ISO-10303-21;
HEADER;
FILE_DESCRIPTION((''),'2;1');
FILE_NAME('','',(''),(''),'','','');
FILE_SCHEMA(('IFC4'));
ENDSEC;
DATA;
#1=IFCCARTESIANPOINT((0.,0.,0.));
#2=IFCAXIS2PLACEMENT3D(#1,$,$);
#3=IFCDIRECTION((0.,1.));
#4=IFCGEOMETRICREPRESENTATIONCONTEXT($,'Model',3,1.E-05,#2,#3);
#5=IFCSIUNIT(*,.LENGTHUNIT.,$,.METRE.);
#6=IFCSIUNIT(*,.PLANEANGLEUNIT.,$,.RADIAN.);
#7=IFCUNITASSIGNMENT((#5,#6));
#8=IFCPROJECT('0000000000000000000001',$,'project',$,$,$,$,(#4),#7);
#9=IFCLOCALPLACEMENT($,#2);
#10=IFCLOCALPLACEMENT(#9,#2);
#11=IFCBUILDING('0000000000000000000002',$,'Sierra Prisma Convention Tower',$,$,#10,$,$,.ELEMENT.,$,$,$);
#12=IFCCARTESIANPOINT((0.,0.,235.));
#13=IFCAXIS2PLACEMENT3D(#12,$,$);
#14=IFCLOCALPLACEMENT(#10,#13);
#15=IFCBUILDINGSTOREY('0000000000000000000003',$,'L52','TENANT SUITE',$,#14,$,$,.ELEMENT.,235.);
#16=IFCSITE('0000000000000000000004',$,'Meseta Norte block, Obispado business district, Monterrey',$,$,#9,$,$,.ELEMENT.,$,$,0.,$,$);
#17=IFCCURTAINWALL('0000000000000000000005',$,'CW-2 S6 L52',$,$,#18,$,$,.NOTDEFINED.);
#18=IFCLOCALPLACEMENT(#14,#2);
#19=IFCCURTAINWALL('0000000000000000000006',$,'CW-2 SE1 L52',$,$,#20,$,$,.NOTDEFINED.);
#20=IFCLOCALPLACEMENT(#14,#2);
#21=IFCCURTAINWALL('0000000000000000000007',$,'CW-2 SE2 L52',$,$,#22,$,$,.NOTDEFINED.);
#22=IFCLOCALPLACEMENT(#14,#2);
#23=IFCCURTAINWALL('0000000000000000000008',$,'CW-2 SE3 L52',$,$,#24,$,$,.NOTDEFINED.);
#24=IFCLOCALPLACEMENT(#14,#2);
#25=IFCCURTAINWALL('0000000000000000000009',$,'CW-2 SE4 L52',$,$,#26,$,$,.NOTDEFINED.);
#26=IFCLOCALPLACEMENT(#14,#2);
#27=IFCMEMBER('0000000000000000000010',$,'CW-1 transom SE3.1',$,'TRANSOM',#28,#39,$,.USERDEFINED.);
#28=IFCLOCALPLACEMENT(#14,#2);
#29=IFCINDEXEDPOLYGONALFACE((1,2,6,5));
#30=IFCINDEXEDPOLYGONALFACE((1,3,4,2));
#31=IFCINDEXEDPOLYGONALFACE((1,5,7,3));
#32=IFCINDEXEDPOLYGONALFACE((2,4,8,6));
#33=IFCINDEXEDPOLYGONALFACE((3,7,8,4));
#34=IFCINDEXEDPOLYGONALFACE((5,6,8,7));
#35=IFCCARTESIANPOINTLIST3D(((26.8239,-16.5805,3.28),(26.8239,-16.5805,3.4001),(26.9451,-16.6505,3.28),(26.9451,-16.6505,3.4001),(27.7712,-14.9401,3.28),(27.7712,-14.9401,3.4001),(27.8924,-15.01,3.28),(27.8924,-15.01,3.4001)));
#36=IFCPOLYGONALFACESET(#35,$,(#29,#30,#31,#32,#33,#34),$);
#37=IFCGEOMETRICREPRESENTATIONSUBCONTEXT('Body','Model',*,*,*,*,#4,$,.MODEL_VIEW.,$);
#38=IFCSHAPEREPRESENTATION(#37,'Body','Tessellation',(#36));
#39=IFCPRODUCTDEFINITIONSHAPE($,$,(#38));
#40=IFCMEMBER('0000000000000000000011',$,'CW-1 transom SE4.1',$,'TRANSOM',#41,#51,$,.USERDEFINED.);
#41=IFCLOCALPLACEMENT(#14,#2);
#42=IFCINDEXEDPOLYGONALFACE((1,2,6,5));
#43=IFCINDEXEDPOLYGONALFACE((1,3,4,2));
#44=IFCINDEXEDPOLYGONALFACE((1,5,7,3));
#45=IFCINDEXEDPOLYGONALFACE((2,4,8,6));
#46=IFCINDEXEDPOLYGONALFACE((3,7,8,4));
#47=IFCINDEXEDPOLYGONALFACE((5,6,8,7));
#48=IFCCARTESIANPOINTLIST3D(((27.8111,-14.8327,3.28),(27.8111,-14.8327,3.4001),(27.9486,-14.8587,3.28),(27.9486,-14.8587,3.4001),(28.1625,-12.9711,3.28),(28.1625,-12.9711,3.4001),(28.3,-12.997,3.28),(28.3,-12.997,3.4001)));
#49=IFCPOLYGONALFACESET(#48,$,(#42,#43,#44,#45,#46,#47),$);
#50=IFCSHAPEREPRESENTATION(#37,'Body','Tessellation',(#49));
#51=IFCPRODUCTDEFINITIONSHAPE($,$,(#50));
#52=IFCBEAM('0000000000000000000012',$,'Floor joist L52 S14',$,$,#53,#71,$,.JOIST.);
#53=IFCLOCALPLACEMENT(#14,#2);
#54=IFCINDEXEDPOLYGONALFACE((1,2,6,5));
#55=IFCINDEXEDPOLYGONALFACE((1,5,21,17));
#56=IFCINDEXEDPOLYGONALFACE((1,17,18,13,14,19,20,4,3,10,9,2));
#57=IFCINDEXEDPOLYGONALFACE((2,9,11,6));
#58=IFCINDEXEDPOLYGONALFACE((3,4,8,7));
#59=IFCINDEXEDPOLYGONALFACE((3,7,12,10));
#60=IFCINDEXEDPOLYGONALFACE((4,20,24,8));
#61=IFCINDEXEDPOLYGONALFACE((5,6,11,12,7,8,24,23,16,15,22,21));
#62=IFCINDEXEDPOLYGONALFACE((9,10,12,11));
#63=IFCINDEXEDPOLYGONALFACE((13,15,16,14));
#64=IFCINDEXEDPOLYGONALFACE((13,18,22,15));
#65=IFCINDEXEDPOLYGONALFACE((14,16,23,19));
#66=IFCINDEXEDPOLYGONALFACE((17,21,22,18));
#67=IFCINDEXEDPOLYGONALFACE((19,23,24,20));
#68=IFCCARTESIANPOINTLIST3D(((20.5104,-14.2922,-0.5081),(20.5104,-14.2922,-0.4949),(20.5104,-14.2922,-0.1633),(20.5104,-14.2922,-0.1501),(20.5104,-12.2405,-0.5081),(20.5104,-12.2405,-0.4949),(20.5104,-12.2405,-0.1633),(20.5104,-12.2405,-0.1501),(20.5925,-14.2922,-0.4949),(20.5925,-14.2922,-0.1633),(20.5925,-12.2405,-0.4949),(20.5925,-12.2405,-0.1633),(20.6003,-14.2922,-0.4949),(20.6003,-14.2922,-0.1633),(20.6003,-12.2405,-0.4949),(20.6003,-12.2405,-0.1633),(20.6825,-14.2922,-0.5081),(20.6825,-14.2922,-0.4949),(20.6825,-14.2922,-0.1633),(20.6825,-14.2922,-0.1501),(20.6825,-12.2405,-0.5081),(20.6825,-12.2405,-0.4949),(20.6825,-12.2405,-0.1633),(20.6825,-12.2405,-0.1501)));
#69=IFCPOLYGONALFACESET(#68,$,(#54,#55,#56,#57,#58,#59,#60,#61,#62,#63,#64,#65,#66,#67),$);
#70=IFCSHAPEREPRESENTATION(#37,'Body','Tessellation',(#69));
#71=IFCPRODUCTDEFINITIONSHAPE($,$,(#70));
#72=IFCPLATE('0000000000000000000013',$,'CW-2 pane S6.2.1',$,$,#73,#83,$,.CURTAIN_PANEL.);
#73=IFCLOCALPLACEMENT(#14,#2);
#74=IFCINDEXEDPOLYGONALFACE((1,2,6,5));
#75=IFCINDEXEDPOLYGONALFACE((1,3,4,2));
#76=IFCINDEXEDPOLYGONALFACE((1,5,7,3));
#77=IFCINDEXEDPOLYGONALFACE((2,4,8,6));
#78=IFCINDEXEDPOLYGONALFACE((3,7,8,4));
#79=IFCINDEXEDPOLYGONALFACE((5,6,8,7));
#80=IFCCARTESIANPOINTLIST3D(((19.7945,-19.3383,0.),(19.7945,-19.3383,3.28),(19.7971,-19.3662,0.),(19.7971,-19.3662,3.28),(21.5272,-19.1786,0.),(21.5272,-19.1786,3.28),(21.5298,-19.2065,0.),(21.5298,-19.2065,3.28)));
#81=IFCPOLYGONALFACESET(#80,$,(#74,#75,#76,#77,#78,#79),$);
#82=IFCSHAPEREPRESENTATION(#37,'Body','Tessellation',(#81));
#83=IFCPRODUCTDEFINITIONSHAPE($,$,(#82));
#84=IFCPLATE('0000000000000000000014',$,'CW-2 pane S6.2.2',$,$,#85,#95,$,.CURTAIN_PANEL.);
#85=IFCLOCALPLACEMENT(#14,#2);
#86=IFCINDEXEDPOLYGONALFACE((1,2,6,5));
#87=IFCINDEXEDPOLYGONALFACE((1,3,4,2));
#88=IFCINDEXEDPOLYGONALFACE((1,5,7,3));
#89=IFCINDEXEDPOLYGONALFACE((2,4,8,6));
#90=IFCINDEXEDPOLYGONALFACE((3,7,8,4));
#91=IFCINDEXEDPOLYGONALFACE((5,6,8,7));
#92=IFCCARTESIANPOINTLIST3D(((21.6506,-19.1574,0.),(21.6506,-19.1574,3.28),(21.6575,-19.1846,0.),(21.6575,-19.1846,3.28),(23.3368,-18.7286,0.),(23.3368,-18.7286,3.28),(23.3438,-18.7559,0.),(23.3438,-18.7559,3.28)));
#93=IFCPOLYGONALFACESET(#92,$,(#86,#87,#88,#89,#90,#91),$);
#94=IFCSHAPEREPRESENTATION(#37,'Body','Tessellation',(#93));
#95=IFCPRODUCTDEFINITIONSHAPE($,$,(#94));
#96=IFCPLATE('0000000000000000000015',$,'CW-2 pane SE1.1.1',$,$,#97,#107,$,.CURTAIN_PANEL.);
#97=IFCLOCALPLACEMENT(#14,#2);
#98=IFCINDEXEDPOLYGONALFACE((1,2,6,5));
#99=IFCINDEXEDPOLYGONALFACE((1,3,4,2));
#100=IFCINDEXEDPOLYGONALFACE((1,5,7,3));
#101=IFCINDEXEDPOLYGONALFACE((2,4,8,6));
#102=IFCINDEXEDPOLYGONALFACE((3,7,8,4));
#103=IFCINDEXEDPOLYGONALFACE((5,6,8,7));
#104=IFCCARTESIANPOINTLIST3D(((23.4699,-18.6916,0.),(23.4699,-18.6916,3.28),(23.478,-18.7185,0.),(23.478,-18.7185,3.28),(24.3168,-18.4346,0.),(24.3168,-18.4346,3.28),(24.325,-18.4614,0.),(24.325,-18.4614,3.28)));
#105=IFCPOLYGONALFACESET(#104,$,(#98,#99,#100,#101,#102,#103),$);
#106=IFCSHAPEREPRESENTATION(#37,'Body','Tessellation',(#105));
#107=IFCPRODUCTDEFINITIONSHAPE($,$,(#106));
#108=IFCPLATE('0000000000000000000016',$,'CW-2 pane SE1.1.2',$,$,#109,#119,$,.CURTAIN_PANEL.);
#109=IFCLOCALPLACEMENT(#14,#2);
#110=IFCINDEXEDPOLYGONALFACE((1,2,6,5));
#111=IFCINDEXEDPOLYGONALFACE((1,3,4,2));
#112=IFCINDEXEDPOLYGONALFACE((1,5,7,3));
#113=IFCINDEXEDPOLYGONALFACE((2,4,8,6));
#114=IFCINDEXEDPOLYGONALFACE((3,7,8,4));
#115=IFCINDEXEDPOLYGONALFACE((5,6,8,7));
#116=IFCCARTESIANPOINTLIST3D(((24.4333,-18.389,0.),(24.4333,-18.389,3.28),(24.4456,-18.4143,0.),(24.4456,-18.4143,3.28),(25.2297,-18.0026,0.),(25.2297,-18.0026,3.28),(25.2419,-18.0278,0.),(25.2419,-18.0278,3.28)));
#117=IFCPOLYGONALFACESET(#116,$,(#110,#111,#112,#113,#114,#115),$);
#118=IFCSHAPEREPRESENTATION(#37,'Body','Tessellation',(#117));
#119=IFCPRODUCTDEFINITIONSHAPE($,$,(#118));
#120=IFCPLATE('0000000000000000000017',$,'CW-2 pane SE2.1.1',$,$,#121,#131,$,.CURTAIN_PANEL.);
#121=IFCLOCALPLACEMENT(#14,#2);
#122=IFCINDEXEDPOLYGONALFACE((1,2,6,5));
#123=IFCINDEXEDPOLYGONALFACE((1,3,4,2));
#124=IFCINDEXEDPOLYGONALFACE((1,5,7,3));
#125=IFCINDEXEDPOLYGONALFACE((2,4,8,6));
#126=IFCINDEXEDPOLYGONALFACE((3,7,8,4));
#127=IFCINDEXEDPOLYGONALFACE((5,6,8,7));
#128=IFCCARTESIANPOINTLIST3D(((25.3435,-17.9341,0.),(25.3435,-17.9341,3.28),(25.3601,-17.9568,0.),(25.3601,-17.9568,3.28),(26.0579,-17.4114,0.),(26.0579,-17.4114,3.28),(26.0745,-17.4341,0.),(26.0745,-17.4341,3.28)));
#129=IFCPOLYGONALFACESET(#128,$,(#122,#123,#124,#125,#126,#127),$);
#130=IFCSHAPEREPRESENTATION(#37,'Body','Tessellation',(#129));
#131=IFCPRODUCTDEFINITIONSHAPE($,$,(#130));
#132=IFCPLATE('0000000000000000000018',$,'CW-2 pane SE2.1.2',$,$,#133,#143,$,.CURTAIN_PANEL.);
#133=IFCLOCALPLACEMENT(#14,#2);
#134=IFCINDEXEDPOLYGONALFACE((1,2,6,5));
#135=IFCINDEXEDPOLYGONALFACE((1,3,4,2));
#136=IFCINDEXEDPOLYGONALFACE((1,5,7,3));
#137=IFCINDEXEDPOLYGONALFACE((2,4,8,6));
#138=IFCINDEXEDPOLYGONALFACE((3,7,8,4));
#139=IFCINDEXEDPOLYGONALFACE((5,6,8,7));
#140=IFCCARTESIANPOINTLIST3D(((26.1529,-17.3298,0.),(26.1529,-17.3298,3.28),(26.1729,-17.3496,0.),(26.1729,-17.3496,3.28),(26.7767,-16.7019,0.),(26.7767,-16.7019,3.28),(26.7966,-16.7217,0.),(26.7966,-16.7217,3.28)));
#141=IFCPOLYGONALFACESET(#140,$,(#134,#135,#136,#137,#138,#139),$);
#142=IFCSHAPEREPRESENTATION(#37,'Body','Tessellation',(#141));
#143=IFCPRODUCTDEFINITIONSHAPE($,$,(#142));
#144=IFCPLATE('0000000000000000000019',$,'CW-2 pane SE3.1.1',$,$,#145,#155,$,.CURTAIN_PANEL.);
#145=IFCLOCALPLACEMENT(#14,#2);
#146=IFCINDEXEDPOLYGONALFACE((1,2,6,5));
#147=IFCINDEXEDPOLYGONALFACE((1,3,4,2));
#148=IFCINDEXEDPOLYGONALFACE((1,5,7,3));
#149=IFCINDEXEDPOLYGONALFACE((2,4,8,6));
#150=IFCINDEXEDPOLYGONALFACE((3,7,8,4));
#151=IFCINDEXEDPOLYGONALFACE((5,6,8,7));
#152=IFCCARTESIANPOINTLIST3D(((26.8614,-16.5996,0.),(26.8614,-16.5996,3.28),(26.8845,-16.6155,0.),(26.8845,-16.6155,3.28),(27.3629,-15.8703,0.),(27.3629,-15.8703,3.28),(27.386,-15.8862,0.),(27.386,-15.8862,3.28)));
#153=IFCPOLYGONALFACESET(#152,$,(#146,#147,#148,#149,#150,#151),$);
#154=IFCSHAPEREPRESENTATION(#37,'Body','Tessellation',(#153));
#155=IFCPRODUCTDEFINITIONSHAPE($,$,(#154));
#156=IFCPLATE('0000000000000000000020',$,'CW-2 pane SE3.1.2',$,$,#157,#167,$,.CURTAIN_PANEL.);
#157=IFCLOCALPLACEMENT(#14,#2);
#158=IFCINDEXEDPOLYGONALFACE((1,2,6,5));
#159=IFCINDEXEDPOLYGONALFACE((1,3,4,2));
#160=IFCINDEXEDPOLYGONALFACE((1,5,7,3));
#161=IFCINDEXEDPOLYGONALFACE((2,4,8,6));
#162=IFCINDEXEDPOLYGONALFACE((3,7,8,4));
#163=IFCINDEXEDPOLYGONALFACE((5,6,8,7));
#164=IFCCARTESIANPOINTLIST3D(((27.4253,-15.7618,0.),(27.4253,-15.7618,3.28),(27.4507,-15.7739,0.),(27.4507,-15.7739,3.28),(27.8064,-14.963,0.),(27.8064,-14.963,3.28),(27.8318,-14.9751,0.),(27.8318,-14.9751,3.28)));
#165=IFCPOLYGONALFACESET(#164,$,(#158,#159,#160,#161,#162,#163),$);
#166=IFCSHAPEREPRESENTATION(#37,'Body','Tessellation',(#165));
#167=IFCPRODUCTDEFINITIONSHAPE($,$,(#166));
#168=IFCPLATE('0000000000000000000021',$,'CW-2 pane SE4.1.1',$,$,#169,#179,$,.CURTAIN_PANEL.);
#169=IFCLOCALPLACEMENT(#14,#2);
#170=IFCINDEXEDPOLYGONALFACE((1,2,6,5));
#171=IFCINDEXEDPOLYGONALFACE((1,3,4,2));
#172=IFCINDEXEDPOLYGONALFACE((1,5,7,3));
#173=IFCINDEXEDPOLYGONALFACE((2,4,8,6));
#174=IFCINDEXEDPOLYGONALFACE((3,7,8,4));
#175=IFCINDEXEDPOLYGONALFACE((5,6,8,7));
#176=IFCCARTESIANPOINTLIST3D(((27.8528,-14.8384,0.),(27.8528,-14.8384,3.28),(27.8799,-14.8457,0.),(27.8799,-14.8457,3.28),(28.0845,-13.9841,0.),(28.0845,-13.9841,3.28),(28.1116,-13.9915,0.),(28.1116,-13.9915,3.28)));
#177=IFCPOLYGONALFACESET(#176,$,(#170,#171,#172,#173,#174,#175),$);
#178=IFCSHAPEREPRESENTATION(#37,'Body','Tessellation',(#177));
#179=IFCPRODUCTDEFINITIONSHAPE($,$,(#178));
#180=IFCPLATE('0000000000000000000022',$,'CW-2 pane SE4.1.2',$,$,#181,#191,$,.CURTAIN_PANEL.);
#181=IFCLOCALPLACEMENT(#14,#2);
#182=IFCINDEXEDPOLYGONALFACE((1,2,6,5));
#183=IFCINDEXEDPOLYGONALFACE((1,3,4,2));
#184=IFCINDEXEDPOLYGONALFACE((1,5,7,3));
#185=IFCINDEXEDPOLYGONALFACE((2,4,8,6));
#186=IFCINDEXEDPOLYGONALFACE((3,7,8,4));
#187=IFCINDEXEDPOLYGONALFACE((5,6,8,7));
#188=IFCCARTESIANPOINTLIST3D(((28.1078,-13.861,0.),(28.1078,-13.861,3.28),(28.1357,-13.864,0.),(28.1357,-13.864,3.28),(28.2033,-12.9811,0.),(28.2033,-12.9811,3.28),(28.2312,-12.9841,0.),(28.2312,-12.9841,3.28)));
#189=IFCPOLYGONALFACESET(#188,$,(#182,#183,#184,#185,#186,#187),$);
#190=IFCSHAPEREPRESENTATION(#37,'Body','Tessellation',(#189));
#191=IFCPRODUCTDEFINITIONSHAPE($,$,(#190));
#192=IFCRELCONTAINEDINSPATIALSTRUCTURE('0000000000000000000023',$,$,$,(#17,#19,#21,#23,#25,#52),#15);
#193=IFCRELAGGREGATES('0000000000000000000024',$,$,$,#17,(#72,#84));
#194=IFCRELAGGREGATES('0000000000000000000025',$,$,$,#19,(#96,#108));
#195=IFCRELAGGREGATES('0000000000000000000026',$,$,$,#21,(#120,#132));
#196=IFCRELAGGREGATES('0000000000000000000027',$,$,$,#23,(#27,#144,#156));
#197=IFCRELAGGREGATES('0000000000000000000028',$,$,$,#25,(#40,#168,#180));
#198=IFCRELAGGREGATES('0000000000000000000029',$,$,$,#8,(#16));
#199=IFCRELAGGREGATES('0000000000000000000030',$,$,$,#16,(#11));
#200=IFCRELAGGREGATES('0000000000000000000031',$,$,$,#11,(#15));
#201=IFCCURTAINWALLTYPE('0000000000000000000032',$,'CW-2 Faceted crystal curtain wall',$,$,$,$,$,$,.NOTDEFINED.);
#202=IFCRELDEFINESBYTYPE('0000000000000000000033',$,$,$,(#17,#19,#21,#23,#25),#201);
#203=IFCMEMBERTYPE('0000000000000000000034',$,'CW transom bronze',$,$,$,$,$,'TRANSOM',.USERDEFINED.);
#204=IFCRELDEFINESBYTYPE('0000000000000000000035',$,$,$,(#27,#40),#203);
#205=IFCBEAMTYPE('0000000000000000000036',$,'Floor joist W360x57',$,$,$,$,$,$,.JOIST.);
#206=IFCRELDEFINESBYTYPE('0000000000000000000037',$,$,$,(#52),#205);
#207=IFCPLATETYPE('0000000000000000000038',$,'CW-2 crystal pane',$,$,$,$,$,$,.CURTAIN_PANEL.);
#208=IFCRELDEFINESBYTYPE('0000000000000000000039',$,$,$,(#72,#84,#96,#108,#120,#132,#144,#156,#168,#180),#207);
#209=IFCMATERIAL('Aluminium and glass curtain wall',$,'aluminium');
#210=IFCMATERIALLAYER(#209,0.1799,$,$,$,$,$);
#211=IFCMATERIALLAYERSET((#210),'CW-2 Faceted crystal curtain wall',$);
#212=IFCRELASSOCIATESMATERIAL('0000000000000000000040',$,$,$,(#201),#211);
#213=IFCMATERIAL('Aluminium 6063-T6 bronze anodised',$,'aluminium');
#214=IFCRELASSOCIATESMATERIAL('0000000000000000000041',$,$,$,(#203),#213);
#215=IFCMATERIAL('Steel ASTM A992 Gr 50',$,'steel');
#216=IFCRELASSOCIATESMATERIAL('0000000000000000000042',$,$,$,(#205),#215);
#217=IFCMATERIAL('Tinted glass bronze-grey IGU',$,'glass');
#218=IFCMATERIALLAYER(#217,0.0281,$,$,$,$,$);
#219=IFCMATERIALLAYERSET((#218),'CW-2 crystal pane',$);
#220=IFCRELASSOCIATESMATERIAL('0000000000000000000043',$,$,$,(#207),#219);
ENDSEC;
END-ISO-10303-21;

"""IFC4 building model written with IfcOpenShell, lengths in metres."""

from ifc_helpers import new_model, si_unit, direction, frame, origin, origin_2d, place, context, subcontext, project, spatial, polyline, rectangle, i_section, outline, extrude, material, layer, layer_set, material_profile, profile_set, type_object, element, aggregate, save


model = new_model("IFC4")

# Units and contexts
model_context = context("Model", 3, precision=1e-05, world=origin(), true_north=direction((0.0, 1.0)))
body_context = subcontext(model_context, "Body", "Model", "MODEL_VIEW")
ifc_project = project(units=[si_unit("LENGTHUNIT", "METRE"), si_unit("PLANEANGLEUNIT", "RADIAN")], contexts=[model_context])

# Site, building, storey
site_placement = place(None, origin())
site = spatial("IfcSite", under=ifc_project, at=site_placement, Name="Meseta Norte block, Obispado business district, Monterrey", CompositionType="ELEMENT", RefElevation=0.0)
building_placement = place(site_placement, origin())
building = spatial("IfcBuilding", under=site, at=building_placement, Name="Sierra Prisma Convention Tower", CompositionType="ELEMENT")
storey_placement = place(building_placement, frame((0.0, 0.0, 235.0)))
storey = spatial("IfcBuildingStorey", under=building, at=storey_placement, Name="L52", Description="TENANT SUITE", CompositionType="ELEMENT", Elevation=235.0)

# Curtain walls
ifc_material_1 = material(Name="Aluminium and glass curtain wall", Category="aluminium")
ifc_layer_1 = layer(ifc_material_1, 0.1799)
ifc_layer_set_1 = layer_set([ifc_layer_1], Name="CW-2 Faceted crystal curtain wall")
curtain_wall_type = type_object("IfcCurtainWallType", Name="CW-2 Faceted crystal curtain wall", PredefinedType="NOTDEFINED", material=ifc_layer_set_1)
curtain_wall_1_placement = place(storey_placement, origin())
curtain_wall_1 = element("IfcCurtainWall", 1, at=curtain_wall_1_placement, inside=storey, type_object=curtain_wall_type, Name="CW-2 S6 L52", PredefinedType="NOTDEFINED")
curtain_wall_2_placement = place(storey_placement, origin())
curtain_wall_2 = element("IfcCurtainWall", 2, at=curtain_wall_2_placement, inside=storey, type_object=curtain_wall_type, Name="CW-2 SE1 L52", PredefinedType="NOTDEFINED")
curtain_wall_3_placement = place(storey_placement, origin())
curtain_wall_3 = element("IfcCurtainWall", 3, at=curtain_wall_3_placement, inside=storey, type_object=curtain_wall_type, Name="CW-2 SE2 L52", PredefinedType="NOTDEFINED")
curtain_wall_4_placement = place(storey_placement, origin())
curtain_wall_4 = element("IfcCurtainWall", 4, at=curtain_wall_4_placement, inside=storey, type_object=curtain_wall_type, Name="CW-2 SE3 L52", PredefinedType="NOTDEFINED")
curtain_wall_5_placement = place(storey_placement, origin())
curtain_wall_5 = element("IfcCurtainWall", 5, at=curtain_wall_5_placement, inside=storey, type_object=curtain_wall_type, Name="CW-2 SE4 L52", PredefinedType="NOTDEFINED")

# Members
ifc_material_2 = material(Name="Aluminium 6063-T6 bronze anodised", Category="aluminium")
ifc_material_profile_1 = material_profile(ifc_material_2, rectangle(XDim=0.1399, YDim=0.1201, at=origin_2d()), Name="ALU TRANSOM 120x140")
ifc_profile_set_1 = profile_set([ifc_material_profile_1], Name="Aluminium 6063-T6 bronze anodised")
member_type_1 = type_object("IfcMemberType", Name="CW transom bronze", ElementType="TRANSOM", PredefinedType="USERDEFINED", material=ifc_profile_set_1)
member_1_placement = place(storey_placement, frame((26.8845, -16.6155, 3.3401), z_axis=(0.500076, 0.865982, 0.0), x_axis=(-0.865982, 0.500076, 0.0)))
member_1 = element("IfcMember", 6, at=member_1_placement, type_object=member_type_1, Name="CW-1 transom SE3.1", ObjectType="TRANSOM", PredefinedType="USERDEFINED", context=body_context, shape_type="SweptSolid", body=[
    extrude(rectangle(XDim=0.1399, YDim=0.1201, at=origin_2d()), origin(), (0.0, 0.0, 1.0), 1.8943),
])
member_2_placement = place(storey_placement, frame((27.8799, -14.8457, 3.3401), z_axis=(0.185448, 0.982654, 0.0), x_axis=(-0.982654, 0.185448, 0.0)))
member_2 = element("IfcMember", 7, at=member_2_placement, type_object=member_type_1, Name="CW-1 transom SE4.1", ObjectType="TRANSOM", PredefinedType="USERDEFINED", context=body_context, shape_type="SweptSolid", body=[
    extrude(rectangle(XDim=0.1399, YDim=0.1201, at=origin_2d()), origin(), (0.0, 0.0, 1.0), 1.8945),
])

# Beam
ifc_material_3 = material(Name="Steel ASTM A992 Gr 50", Category="steel")
ifc_material_profile_2 = material_profile(ifc_material_3, i_section(OverallWidth=0.1721, OverallDepth=0.3579, WebThickness=0.0078, FlangeThickness=0.0132, at=origin_2d()), Name="W360x57")
ifc_profile_set_2 = profile_set([ifc_material_profile_2], Name="Steel ASTM A992 Gr 50")
beam_type = type_object("IfcBeamType", Name="Floor joist W360x57", PredefinedType="JOIST", material=ifc_profile_set_2)
beam_placement = place(storey_placement, frame((20.5964, -14.2922, -0.3291), z_axis=(0.0, 1.0, 0.0), x_axis=(-1.0, 0.0, 0.0)))
element("IfcBeam", 8, at=beam_placement, inside=storey, type_object=beam_type, Name="Floor joist L52 S14", PredefinedType="JOIST", context=body_context, shape_type="SweptSolid", body=[
    extrude(i_section(OverallWidth=0.1721, OverallDepth=0.3579, WebThickness=0.0078, FlangeThickness=0.0132, at=origin_2d()), origin(), (0.0, 0.0, 1.0), 2.0518),
])

# Plates
ifc_material_4 = material(Name="Tinted glass bronze-grey IGU", Category="glass")
ifc_layer_2 = layer(ifc_material_4, 0.0281)
ifc_layer_set_2 = layer_set([ifc_layer_2], Name="CW-2 crystal pane")
plate_type = type_object("IfcPlateType", Name="CW-2 crystal pane", PredefinedType="CURTAIN_PANEL", material=ifc_layer_set_2)
plate_1_placement = place(storey_placement, frame((19.7971, -19.3662, 0.0), z_axis=(0.091763, -0.995781, 0.0), x_axis=(0.995781, 0.091763, 0.0)))
plate_1 = element("IfcPlate", 9, at=plate_1_placement, type_object=plate_type, Name="CW-2 pane S6.2.1", PredefinedType="CURTAIN_PANEL", context=body_context, shape_type="SweptSolid", body=[
    extrude(outline(polyline([(0.0, 0.0), (1.74, 0.0), (1.74, 3.28), (0.0, 3.28), (0.0, 0.0)])), origin(), (0.0, 0.0, -1.0), 0.0281),
])
plate_2_placement = place(storey_placement, frame((23.3438, -18.7559, 0.0), z_axis=(0.246397, -0.969169, 0.0), x_axis=(-0.969169, -0.246397, 0.0)))
plate_2 = element("IfcPlate", 10, at=plate_2_placement, type_object=plate_type, Name="CW-2 pane S6.2.2", PredefinedType="CURTAIN_PANEL", context=body_context, shape_type="SweptSolid", body=[
    extrude(outline(polyline([(0.0, 0.0), (1.7399, 0.0), (1.7399, -3.28), (0.0, -3.28), (0.0, 0.0)])), origin(), (0.0, 0.0, -1.0), 0.0281),
])
aggregate(curtain_wall_1, [plate_1, plate_2])
plate_3_placement = place(storey_placement, frame((23.478, -18.7185, 0.0), z_axis=(0.290459, -0.956887, 0.0), x_axis=(0.956887, 0.290459, 0.0)))
plate_3 = element("IfcPlate", 11, at=plate_3_placement, type_object=plate_type, Name="CW-2 pane SE1.1.1", PredefinedType="CURTAIN_PANEL", context=body_context, shape_type="SweptSolid", body=[
    extrude(outline(polyline([(0.0, 0.0), (0.8851, 0.0), (0.8851, 3.28), (0.0, 3.28), (0.0, 0.0)])), origin(), (0.0, 0.0, -1.0), 0.0281),
])
plate_4_placement = place(storey_placement, frame((25.2419, -18.0278, 0.0), z_axis=(0.436592, -0.89966, 0.0), x_axis=(-0.89966, -0.436592, 0.0)))
plate_4 = element("IfcPlate", 12, at=plate_4_placement, type_object=plate_type, Name="CW-2 pane SE1.1.2", PredefinedType="CURTAIN_PANEL", context=body_context, shape_type="SweptSolid", body=[
    extrude(outline(polyline([(0.0, 0.0), (0.8852, 0.0), (0.8852, -3.28), (0.0, -3.28), (0.0, 0.0)])), origin(), (0.0, 0.0, -1.0), 0.0281),
])
aggregate(curtain_wall_2, [plate_3, plate_4])
plate_5_placement = place(storey_placement, frame((25.3601, -17.9568, 0.0), z_axis=(0.590514, -0.807027, 0.0), x_axis=(0.807027, 0.590514, 0.0)))
plate_5 = element("IfcPlate", 13, at=plate_5_placement, type_object=plate_type, Name="CW-2 pane SE2.1.1", PredefinedType="CURTAIN_PANEL", context=body_context, shape_type="SweptSolid", body=[
    extrude(outline(polyline([(0.0, 0.0), (0.8852, 0.0), (0.8852, 3.28), (0.0, 3.28), (0.0, 0.0)])), origin(), (0.0, 0.0, -1.0), 0.0281),
])
plate_6_placement = place(storey_placement, frame((26.7966, -16.7217, 0.0), z_axis=(0.709447, -0.704758, 0.0), x_axis=(-0.704758, -0.709447, 0.0)))
plate_6 = element("IfcPlate", 14, at=plate_6_placement, type_object=plate_type, Name="CW-2 pane SE2.1.2", PredefinedType="CURTAIN_PANEL", context=body_context, shape_type="SweptSolid", body=[
    extrude(outline(polyline([(0.0, 0.0), (0.8851, 0.0), (0.8851, -3.28), (0.0, -3.28), (0.0, 0.0)])), origin(), (0.0, 0.0, -1.0), 0.0281),
])
aggregate(curtain_wall_3, [plate_5, plate_6])
plate_7_placement = place(storey_placement, frame((26.8845, -16.6155, 0.0), z_axis=(0.823986, -0.566611, 0.0), x_axis=(0.566611, 0.823986, 0.0)))
plate_7 = element("IfcPlate", 15, at=plate_7_placement, type_object=plate_type, Name="CW-2 pane SE3.1.1", PredefinedType="CURTAIN_PANEL", context=body_context, shape_type="SweptSolid", body=[
    extrude(outline(polyline([(0.0, 0.0), (0.885, 0.0), (0.885, 3.28), (0.0, 3.28), (0.0, 0.0)])), origin(), (0.0, 0.0, -1.0), 0.0281),
])
plate_8_placement = place(storey_placement, frame((27.8318, -14.9751, 0.0), z_axis=(0.902549, -0.430587, 0.0), x_axis=(-0.430587, -0.902549, 0.0)))
plate_8 = element("IfcPlate", 16, at=plate_8_placement, type_object=plate_type, Name="CW-2 pane SE3.1.2", PredefinedType="CURTAIN_PANEL", context=body_context, shape_type="SweptSolid", body=[
    extrude(outline(polyline([(0.0, 0.0), (0.8851, 0.0), (0.8851, -3.28), (0.0, -3.28), (0.0, 0.0)])), origin(), (0.0, 0.0, -1.0), 0.0281),
])
aggregate(curtain_wall_4, [member_1, plate_7, plate_8])
plate_9_placement = place(storey_placement, frame((27.8799, -14.8457, 0.0), z_axis=(0.965132, -0.261763, 0.0), x_axis=(0.261763, 0.965132, 0.0)))
plate_9 = element("IfcPlate", 17, at=plate_9_placement, type_object=plate_type, Name="CW-2 pane SE4.1.1", PredefinedType="CURTAIN_PANEL", context=body_context, shape_type="SweptSolid", body=[
    extrude(outline(polyline([(0.0, 0.0), (0.8851, 0.0), (0.8851, 3.28), (0.0, 3.28), (0.0, 0.0)])), origin(), (0.0, 0.0, -1.0), 0.0281),
])
plate_10_placement = place(storey_placement, frame((28.2312, -12.9841, 0.0), z_axis=(0.994166, -0.107858, 0.0), x_axis=(-0.107858, -0.994166, 0.0)))
plate_10 = element("IfcPlate", 18, at=plate_10_placement, type_object=plate_type, Name="CW-2 pane SE4.1.2", PredefinedType="CURTAIN_PANEL", context=body_context, shape_type="SweptSolid", body=[
    extrude(outline(polyline([(0.0, 0.0), (0.885, 0.0), (0.885, -3.28), (0.0, -3.28), (0.0, 0.0)])), origin(), (0.0, 0.0, -1.0), 0.0281),
])
aggregate(curtain_wall_5, [member_2, plate_9, plate_10])

save(model, "model.ifc")
